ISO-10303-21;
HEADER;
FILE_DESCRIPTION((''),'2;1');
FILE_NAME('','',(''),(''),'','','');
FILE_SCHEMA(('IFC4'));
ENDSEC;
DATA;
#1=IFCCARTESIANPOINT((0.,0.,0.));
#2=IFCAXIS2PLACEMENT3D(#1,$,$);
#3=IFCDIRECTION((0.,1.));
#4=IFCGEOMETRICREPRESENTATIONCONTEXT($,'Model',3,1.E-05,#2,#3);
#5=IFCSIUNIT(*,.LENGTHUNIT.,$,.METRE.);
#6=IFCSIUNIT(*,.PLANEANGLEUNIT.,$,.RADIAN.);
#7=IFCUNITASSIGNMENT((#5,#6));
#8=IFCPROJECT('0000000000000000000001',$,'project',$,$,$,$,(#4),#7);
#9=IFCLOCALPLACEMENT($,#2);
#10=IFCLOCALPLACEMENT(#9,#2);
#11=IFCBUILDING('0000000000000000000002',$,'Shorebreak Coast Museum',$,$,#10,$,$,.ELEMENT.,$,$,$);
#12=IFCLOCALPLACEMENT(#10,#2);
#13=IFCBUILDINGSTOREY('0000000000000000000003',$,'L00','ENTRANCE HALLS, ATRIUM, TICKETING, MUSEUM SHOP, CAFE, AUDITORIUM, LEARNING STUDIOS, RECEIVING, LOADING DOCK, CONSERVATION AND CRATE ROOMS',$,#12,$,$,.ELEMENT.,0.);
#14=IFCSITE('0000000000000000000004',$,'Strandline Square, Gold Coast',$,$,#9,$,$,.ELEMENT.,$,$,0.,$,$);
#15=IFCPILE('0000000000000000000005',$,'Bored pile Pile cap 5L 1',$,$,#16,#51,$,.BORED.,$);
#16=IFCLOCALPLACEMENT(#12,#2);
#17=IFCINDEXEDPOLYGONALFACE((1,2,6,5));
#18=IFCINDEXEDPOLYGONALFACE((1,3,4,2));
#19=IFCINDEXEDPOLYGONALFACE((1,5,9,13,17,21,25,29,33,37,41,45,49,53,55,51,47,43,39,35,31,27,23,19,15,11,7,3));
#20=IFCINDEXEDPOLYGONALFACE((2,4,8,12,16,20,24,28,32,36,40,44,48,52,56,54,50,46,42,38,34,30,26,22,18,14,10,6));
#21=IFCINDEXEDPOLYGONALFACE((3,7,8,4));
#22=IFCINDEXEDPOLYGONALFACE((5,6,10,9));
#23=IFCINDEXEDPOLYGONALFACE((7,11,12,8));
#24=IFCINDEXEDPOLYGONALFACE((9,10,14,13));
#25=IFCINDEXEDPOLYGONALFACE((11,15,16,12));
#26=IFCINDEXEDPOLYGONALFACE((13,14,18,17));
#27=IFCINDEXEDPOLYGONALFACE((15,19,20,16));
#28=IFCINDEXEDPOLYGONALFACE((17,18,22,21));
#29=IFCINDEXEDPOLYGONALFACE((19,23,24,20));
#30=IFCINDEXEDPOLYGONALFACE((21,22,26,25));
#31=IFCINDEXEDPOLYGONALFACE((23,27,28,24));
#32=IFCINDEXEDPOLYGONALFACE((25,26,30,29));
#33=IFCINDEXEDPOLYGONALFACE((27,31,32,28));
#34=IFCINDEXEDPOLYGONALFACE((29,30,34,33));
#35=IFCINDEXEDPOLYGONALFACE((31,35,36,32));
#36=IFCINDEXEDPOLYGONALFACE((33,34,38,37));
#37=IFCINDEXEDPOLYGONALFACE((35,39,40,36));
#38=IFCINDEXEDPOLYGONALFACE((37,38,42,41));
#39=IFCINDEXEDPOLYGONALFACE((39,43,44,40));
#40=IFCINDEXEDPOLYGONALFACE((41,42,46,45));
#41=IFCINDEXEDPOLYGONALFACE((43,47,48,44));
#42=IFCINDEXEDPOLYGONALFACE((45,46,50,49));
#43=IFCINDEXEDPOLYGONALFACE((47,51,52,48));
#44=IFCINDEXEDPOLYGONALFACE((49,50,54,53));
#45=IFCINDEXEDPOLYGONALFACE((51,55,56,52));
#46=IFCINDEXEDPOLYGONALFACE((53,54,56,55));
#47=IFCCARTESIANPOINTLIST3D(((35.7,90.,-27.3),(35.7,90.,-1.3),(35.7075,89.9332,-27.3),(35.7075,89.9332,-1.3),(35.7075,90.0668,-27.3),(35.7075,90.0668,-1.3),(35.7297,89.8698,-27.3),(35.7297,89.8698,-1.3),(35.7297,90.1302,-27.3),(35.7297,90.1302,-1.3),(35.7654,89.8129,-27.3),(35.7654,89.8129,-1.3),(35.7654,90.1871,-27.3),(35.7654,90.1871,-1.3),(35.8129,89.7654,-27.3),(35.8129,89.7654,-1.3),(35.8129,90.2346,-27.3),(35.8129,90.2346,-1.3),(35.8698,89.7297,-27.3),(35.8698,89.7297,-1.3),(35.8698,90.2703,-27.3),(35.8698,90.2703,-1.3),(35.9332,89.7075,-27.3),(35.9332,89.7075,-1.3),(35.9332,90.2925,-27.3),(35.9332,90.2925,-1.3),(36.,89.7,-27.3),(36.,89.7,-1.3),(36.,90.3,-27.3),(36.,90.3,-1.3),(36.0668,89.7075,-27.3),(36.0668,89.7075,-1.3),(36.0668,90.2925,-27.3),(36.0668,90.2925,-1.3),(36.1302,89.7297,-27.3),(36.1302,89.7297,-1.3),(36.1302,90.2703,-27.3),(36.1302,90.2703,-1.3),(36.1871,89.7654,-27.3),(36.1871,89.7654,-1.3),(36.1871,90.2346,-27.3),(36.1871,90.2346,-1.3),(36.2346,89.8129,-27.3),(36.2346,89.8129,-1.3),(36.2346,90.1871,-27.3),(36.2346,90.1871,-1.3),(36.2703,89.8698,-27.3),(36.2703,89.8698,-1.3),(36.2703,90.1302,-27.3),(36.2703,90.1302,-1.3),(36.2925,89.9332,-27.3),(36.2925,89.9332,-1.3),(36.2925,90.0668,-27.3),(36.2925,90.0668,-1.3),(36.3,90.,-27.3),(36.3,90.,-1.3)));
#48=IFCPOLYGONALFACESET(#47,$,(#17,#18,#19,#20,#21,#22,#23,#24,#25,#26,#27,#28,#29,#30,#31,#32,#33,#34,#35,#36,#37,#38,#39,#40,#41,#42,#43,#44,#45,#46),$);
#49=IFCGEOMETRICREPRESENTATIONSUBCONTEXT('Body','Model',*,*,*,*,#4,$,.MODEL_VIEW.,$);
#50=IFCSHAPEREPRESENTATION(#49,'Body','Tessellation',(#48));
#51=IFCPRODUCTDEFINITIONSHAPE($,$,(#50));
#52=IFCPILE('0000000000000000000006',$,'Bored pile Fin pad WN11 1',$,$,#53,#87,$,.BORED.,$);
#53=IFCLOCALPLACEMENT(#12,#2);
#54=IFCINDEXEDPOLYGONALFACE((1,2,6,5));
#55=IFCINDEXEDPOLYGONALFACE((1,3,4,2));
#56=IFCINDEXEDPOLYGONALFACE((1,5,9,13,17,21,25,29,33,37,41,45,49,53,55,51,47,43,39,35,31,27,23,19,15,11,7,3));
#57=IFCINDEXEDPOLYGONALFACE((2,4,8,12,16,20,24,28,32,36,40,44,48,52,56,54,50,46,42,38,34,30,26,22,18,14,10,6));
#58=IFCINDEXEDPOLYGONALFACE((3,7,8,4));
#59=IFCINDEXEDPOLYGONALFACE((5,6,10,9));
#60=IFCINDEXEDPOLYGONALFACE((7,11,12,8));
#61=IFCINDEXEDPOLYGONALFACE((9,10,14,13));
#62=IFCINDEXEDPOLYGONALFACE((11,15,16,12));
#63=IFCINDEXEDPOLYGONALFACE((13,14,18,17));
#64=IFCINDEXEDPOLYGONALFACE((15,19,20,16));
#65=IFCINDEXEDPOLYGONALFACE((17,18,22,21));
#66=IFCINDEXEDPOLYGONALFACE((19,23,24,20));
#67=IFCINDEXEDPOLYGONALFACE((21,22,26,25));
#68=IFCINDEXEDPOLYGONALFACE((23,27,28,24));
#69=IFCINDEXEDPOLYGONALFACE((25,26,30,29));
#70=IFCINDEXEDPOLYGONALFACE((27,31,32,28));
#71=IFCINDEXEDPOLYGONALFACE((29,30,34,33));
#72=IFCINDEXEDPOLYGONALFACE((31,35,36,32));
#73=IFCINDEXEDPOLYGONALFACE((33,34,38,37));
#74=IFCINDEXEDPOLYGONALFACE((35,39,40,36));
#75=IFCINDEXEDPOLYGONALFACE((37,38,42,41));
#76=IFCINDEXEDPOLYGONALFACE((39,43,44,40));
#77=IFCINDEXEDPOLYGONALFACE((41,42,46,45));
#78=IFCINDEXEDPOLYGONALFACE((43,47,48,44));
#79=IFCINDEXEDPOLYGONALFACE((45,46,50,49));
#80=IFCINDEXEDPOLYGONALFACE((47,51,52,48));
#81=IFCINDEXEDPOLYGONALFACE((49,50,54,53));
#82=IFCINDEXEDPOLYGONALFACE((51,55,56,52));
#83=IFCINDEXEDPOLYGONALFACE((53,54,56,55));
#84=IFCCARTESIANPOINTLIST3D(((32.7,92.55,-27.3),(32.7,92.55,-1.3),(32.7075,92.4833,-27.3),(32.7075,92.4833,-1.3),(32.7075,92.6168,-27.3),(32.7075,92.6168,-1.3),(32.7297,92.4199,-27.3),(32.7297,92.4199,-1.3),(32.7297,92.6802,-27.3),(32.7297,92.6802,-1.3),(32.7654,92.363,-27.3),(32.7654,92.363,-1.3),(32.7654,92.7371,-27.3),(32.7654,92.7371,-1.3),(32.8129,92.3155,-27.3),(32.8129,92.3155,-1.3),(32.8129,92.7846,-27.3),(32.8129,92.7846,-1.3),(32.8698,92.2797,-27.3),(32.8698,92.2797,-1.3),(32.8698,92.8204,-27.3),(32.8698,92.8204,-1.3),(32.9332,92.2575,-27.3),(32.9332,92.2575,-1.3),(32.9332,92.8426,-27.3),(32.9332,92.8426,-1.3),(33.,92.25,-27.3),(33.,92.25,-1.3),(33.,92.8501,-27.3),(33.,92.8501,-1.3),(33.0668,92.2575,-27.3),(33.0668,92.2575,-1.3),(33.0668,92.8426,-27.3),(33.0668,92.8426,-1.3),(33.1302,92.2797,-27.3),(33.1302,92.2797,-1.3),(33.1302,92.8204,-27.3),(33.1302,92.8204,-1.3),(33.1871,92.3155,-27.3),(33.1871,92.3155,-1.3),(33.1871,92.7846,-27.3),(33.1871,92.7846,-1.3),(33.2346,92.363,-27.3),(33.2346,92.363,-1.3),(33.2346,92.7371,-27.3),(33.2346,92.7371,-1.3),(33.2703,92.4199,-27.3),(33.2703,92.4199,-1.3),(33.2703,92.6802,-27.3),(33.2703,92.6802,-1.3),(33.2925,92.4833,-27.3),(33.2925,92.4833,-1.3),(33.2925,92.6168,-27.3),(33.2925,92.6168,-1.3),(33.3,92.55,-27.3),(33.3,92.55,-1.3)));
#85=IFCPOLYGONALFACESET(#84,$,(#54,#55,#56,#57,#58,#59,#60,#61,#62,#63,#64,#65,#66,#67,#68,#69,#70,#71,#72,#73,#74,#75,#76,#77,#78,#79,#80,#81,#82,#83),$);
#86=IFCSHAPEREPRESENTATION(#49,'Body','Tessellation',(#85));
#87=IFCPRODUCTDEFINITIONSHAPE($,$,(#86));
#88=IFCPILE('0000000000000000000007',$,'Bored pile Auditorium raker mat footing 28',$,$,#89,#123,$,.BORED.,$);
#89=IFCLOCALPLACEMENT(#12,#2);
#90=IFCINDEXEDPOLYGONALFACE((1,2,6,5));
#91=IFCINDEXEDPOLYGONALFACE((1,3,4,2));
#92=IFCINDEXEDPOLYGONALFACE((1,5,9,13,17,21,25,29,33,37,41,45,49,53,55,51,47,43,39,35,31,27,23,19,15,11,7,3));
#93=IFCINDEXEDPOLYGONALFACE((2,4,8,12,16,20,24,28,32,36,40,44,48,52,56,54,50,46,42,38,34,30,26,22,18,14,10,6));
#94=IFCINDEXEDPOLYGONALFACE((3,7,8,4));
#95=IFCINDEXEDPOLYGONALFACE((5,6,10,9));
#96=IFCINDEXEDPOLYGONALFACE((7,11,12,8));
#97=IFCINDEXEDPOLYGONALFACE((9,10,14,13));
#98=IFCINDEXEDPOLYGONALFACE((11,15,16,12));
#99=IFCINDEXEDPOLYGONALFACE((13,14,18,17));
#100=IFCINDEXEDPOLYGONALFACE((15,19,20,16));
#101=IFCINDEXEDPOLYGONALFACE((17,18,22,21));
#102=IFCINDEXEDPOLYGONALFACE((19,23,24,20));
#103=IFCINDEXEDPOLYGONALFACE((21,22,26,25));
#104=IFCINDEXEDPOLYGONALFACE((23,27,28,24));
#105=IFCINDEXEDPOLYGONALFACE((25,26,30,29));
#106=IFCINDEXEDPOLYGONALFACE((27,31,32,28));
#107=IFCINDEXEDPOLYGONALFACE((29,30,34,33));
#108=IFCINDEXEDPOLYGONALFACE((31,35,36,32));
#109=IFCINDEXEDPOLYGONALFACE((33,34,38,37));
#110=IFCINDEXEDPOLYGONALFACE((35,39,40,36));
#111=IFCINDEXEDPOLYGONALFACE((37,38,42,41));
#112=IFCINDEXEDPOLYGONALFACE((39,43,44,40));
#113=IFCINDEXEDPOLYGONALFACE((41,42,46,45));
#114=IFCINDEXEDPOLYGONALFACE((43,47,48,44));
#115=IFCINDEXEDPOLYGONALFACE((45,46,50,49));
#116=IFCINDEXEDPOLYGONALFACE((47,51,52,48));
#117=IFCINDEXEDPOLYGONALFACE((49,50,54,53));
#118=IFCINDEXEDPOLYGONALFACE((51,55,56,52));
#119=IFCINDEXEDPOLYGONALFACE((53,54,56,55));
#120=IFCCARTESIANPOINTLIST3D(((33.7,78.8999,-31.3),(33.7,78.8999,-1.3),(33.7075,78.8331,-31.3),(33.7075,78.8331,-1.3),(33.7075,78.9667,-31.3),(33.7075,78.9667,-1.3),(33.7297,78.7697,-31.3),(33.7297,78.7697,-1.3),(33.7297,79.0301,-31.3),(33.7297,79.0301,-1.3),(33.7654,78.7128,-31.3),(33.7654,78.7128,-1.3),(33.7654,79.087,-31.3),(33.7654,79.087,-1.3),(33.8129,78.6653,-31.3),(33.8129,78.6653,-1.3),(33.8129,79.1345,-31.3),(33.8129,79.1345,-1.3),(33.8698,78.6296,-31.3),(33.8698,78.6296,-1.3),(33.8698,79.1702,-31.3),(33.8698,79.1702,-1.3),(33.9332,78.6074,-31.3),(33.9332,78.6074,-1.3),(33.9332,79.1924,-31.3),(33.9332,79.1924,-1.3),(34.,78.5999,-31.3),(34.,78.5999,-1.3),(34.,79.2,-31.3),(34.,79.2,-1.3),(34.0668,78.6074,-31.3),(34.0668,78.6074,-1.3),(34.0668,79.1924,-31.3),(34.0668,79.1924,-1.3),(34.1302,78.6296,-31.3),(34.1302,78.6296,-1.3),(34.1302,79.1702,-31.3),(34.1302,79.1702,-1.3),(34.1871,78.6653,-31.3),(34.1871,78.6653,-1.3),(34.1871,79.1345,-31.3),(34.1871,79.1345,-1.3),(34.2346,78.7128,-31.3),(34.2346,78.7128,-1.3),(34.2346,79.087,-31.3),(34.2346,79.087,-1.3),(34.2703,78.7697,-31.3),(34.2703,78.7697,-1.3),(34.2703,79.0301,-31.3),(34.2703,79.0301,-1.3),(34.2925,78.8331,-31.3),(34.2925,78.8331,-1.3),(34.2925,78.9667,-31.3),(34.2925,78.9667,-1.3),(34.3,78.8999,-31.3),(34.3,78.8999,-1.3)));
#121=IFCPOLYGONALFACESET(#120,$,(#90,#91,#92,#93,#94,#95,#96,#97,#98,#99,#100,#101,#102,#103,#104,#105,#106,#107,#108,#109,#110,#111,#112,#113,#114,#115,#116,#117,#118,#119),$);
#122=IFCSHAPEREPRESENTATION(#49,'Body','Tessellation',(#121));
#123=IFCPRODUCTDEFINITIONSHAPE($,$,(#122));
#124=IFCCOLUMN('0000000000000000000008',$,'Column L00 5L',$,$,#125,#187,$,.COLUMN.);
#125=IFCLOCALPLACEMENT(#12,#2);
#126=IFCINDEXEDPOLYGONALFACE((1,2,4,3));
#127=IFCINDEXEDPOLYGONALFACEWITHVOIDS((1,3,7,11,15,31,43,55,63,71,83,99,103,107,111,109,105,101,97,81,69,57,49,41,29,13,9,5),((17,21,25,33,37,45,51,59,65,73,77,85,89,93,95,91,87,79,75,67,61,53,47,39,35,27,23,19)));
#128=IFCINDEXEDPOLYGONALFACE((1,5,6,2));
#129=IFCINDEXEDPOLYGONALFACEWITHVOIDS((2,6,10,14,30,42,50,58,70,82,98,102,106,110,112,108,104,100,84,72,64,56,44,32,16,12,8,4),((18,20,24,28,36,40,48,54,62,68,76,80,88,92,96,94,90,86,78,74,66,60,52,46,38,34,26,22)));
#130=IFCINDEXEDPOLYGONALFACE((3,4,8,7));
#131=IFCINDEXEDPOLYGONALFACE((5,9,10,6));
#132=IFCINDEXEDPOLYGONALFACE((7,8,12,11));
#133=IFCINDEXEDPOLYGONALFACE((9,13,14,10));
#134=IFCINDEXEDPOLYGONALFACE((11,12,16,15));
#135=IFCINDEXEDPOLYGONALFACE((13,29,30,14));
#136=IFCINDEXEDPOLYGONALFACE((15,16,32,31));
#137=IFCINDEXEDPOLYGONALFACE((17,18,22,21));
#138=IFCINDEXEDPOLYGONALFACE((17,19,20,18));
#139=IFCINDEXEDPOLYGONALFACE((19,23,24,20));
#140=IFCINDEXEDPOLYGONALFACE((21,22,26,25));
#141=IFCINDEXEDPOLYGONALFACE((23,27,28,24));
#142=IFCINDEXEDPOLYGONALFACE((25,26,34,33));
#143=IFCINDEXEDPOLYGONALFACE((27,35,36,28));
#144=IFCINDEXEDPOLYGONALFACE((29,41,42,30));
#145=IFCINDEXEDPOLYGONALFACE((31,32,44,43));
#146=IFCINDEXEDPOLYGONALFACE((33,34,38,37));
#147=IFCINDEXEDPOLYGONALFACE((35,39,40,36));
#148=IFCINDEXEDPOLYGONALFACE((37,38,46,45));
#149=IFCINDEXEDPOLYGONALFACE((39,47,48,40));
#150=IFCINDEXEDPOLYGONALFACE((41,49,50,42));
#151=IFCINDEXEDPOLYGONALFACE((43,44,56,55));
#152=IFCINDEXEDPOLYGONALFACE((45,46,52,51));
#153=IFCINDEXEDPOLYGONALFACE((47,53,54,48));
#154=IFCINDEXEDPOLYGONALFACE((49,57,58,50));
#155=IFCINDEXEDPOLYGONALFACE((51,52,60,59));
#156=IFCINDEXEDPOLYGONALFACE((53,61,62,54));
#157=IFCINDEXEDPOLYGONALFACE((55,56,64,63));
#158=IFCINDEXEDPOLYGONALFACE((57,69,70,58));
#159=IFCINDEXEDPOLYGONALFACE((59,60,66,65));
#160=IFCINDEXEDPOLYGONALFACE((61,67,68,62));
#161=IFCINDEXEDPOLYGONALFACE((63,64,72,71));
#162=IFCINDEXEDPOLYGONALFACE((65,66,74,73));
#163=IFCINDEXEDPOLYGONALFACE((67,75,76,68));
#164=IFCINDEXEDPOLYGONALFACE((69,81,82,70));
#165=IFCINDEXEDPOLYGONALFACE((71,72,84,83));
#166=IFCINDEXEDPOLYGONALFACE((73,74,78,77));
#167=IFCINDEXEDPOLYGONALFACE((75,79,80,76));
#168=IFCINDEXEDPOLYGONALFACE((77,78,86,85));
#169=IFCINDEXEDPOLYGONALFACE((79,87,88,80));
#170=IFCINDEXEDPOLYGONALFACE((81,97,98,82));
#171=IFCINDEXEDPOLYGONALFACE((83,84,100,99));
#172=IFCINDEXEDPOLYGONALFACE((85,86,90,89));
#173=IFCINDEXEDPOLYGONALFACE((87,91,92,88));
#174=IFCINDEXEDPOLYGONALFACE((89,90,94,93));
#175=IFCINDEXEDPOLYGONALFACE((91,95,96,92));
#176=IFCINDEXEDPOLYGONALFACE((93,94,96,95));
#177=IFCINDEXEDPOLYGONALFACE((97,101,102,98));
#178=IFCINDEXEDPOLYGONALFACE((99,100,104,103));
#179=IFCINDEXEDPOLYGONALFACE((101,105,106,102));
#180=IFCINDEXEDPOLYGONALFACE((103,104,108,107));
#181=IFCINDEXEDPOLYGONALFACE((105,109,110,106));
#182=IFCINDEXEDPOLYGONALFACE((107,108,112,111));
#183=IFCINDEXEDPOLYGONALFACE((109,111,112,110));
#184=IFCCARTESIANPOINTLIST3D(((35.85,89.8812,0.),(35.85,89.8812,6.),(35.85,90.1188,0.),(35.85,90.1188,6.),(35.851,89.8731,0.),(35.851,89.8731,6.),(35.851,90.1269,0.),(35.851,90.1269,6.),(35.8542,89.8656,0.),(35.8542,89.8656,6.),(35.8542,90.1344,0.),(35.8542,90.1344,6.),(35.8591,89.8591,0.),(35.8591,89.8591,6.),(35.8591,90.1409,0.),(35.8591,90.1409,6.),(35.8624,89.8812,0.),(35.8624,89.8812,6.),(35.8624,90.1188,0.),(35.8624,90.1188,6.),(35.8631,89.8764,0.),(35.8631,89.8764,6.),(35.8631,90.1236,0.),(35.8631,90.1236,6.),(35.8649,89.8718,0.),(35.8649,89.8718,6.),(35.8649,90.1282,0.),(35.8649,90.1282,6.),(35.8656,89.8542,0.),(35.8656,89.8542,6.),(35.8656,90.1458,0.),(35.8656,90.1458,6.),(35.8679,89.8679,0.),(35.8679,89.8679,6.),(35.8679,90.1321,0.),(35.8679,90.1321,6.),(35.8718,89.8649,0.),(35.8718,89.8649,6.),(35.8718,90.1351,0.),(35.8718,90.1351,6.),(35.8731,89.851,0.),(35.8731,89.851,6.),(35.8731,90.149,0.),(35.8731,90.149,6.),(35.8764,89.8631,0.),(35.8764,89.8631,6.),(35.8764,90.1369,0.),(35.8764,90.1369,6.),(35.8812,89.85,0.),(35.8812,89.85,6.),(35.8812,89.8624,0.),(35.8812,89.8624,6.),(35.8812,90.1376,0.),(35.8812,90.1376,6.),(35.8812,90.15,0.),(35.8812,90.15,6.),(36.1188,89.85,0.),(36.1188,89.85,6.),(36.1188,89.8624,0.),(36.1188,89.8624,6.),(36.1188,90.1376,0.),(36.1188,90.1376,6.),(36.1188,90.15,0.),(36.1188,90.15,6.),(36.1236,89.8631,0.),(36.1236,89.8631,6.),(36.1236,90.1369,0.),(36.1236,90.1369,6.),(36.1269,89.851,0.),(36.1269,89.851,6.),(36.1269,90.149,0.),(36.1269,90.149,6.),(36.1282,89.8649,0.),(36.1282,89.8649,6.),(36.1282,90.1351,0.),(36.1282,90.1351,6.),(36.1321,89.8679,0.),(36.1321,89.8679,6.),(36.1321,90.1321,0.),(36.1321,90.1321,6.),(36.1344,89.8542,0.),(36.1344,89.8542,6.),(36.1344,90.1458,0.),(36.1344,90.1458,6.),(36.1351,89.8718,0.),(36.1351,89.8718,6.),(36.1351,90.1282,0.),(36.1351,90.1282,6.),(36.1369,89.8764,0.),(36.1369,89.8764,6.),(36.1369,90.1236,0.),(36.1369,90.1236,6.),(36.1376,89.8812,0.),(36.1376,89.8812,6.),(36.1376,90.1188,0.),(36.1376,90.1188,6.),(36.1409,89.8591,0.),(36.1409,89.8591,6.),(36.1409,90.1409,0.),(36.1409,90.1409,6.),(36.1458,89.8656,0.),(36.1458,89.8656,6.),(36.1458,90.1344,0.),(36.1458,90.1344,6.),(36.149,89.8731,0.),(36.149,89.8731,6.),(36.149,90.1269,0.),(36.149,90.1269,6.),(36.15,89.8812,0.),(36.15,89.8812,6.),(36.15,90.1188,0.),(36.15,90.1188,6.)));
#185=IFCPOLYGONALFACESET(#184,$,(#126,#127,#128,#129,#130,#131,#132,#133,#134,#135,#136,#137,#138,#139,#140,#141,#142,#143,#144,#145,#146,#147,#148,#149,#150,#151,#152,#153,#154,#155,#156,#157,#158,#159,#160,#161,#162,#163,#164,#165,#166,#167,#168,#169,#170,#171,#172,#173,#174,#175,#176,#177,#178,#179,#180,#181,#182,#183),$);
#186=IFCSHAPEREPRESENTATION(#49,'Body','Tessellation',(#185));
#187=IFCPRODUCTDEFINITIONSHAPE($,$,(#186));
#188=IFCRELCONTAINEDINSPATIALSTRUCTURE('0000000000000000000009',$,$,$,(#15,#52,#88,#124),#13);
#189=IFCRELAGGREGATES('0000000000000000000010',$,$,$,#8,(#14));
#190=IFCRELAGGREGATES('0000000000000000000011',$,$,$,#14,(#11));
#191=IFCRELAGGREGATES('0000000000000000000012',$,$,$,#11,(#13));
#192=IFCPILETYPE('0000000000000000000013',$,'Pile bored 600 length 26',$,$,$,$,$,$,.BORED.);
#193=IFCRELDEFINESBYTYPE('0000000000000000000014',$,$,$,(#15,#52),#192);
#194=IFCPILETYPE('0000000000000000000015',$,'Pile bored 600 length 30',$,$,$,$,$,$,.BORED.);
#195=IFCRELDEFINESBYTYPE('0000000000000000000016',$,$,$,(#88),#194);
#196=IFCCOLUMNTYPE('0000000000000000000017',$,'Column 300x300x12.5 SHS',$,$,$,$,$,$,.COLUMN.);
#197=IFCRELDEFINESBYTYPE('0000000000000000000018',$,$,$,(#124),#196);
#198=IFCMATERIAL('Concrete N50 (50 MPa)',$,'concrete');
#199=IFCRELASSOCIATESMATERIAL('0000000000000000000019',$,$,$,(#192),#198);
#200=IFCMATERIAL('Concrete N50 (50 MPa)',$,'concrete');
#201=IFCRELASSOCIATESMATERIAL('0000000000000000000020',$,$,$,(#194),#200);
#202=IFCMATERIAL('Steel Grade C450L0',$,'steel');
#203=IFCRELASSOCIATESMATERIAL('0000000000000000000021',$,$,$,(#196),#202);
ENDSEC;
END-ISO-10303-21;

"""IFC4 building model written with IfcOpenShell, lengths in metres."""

from ifc_helpers import new_model, si_unit, direction, frame, origin, origin_2d, place, context, subcontext, project, spatial, hollow_rectangle, circle, extrude, material, material_profile, profile_set, type_object, element, save


model = new_model("IFC4")

# Units and contexts
model_context = context("Model", 3, precision=1e-05, world=origin(), true_north=direction((0.0, 1.0)))
body_context = subcontext(model_context, "Body", "Model", "MODEL_VIEW")
ifc_project = project(units=[si_unit("LENGTHUNIT", "METRE"), si_unit("PLANEANGLEUNIT", "RADIAN")], contexts=[model_context])

# Site, building, storey
site_placement = place(None, origin())
site = spatial("IfcSite", under=ifc_project, at=site_placement, Name="Strandline Square, Gold Coast", CompositionType="ELEMENT", RefElevation=0.0)
building_placement = place(site_placement, origin())
building = spatial("IfcBuilding", under=site, at=building_placement, Name="Shorebreak Coast Museum", CompositionType="ELEMENT")
storey_placement = place(building_placement, origin())
storey = spatial("IfcBuildingStorey", under=building, at=storey_placement, Name="L00", Description="ENTRANCE HALLS, ATRIUM, TICKETING, MUSEUM SHOP, CAFE, AUDITORIUM, LEARNING STUDIOS, RECEIVING, LOADING DOCK, CONSERVATION AND CRATE ROOMS", CompositionType="ELEMENT", Elevation=0.0)

# Piles
ifc_material_1 = material(Name="Concrete N50 (50 MPa)", Category="concrete")
ifc_material_profile_1 = material_profile(ifc_material_1, circle(Radius=0.3, at=origin_2d()), Name="Pile bored 600 length 26")
ifc_profile_set_1 = profile_set([ifc_material_profile_1], Name="Concrete N50 (50 MPa)")
pile_type_1 = type_object("IfcPileType", Name="Pile bored 600 length 26", PredefinedType="BORED", material=ifc_profile_set_1)
for number, where, z_axis, x_axis, name in (
    (1, (36.0, 90.0, -1.3), (0.0, 0.0, -1.0), (1.0, 0.0, 0.0), "Bored pile Pile cap 5L 1"),
    (2, (33.0, 92.55, -1.3), (0.0, 0.0, -1.0), (1.0, 0.0, 0.0), "Bored pile Fin pad WN11 1"),
):
    element("IfcPile", number, at=place(storey_placement, frame(where, z_axis=z_axis, x_axis=x_axis)), inside=storey, type_object=pile_type_1, Name=name, PredefinedType="BORED", context=body_context, shape_type="SweptSolid", body=[
        extrude(circle(Radius=0.3, at=origin_2d()), origin(), (0.0, 0.0, 1.0), 26.0),
    ])
ifc_material_2 = material(Name="Concrete N50 (50 MPa)", Category="concrete")
ifc_material_profile_2 = material_profile(ifc_material_2, circle(Radius=0.3, at=origin_2d()), Name="Pile bored 600 length 30")
ifc_profile_set_2 = profile_set([ifc_material_profile_2], Name="Concrete N50 (50 MPa)")
pile_type_2 = type_object("IfcPileType", Name="Pile bored 600 length 30", PredefinedType="BORED", material=ifc_profile_set_2)
pile_placement = place(storey_placement, frame((34.0, 78.8999, -1.3), z_axis=(0.0, 0.0, -1.0), x_axis=(1.0, 0.0, 0.0)))
element("IfcPile", 3, at=pile_placement, inside=storey, type_object=pile_type_2, Name="Bored pile Auditorium raker mat footing 28", PredefinedType="BORED", context=body_context, shape_type="SweptSolid", body=[
    extrude(circle(Radius=0.3, at=origin_2d()), origin(), (0.0, 0.0, 1.0), 30.0),
])

# Column
ifc_material_3 = material(Name="Steel Grade C450L0", Category="steel")
ifc_material_profile_3 = material_profile(ifc_material_3, hollow_rectangle(XDim=0.3, YDim=0.3, WallThickness=0.0125, InnerFilletRadius=0.0188, OuterFilletRadius=0.0312, at=origin_2d()), Name="300x300x12.5 SHS")
ifc_profile_set_3 = profile_set([ifc_material_profile_3], Name="Steel Grade C450L0")
column_type_1 = type_object("IfcColumnType", Name="Column 300x300x12.5 SHS", PredefinedType="COLUMN", material=ifc_profile_set_3)
column_1_placement = place(storey_placement, frame((36.0, 90.0, 0.0), z_axis=(0.0, 0.0, 1.0), x_axis=(1.0, 0.0, 0.0)))
element("IfcColumn", 4, at=column_1_placement, inside=storey, type_object=column_type_1, Name="Column L00 5L", PredefinedType="COLUMN", context=body_context, shape_type="SweptSolid", body=[
    extrude(hollow_rectangle(XDim=0.3, YDim=0.3, WallThickness=0.0125, InnerFilletRadius=0.0188, OuterFilletRadius=0.0312, at=origin_2d()), origin(), (0.0, 0.0, 1.0), 6.0),
])

save(model, "model.ifc")
